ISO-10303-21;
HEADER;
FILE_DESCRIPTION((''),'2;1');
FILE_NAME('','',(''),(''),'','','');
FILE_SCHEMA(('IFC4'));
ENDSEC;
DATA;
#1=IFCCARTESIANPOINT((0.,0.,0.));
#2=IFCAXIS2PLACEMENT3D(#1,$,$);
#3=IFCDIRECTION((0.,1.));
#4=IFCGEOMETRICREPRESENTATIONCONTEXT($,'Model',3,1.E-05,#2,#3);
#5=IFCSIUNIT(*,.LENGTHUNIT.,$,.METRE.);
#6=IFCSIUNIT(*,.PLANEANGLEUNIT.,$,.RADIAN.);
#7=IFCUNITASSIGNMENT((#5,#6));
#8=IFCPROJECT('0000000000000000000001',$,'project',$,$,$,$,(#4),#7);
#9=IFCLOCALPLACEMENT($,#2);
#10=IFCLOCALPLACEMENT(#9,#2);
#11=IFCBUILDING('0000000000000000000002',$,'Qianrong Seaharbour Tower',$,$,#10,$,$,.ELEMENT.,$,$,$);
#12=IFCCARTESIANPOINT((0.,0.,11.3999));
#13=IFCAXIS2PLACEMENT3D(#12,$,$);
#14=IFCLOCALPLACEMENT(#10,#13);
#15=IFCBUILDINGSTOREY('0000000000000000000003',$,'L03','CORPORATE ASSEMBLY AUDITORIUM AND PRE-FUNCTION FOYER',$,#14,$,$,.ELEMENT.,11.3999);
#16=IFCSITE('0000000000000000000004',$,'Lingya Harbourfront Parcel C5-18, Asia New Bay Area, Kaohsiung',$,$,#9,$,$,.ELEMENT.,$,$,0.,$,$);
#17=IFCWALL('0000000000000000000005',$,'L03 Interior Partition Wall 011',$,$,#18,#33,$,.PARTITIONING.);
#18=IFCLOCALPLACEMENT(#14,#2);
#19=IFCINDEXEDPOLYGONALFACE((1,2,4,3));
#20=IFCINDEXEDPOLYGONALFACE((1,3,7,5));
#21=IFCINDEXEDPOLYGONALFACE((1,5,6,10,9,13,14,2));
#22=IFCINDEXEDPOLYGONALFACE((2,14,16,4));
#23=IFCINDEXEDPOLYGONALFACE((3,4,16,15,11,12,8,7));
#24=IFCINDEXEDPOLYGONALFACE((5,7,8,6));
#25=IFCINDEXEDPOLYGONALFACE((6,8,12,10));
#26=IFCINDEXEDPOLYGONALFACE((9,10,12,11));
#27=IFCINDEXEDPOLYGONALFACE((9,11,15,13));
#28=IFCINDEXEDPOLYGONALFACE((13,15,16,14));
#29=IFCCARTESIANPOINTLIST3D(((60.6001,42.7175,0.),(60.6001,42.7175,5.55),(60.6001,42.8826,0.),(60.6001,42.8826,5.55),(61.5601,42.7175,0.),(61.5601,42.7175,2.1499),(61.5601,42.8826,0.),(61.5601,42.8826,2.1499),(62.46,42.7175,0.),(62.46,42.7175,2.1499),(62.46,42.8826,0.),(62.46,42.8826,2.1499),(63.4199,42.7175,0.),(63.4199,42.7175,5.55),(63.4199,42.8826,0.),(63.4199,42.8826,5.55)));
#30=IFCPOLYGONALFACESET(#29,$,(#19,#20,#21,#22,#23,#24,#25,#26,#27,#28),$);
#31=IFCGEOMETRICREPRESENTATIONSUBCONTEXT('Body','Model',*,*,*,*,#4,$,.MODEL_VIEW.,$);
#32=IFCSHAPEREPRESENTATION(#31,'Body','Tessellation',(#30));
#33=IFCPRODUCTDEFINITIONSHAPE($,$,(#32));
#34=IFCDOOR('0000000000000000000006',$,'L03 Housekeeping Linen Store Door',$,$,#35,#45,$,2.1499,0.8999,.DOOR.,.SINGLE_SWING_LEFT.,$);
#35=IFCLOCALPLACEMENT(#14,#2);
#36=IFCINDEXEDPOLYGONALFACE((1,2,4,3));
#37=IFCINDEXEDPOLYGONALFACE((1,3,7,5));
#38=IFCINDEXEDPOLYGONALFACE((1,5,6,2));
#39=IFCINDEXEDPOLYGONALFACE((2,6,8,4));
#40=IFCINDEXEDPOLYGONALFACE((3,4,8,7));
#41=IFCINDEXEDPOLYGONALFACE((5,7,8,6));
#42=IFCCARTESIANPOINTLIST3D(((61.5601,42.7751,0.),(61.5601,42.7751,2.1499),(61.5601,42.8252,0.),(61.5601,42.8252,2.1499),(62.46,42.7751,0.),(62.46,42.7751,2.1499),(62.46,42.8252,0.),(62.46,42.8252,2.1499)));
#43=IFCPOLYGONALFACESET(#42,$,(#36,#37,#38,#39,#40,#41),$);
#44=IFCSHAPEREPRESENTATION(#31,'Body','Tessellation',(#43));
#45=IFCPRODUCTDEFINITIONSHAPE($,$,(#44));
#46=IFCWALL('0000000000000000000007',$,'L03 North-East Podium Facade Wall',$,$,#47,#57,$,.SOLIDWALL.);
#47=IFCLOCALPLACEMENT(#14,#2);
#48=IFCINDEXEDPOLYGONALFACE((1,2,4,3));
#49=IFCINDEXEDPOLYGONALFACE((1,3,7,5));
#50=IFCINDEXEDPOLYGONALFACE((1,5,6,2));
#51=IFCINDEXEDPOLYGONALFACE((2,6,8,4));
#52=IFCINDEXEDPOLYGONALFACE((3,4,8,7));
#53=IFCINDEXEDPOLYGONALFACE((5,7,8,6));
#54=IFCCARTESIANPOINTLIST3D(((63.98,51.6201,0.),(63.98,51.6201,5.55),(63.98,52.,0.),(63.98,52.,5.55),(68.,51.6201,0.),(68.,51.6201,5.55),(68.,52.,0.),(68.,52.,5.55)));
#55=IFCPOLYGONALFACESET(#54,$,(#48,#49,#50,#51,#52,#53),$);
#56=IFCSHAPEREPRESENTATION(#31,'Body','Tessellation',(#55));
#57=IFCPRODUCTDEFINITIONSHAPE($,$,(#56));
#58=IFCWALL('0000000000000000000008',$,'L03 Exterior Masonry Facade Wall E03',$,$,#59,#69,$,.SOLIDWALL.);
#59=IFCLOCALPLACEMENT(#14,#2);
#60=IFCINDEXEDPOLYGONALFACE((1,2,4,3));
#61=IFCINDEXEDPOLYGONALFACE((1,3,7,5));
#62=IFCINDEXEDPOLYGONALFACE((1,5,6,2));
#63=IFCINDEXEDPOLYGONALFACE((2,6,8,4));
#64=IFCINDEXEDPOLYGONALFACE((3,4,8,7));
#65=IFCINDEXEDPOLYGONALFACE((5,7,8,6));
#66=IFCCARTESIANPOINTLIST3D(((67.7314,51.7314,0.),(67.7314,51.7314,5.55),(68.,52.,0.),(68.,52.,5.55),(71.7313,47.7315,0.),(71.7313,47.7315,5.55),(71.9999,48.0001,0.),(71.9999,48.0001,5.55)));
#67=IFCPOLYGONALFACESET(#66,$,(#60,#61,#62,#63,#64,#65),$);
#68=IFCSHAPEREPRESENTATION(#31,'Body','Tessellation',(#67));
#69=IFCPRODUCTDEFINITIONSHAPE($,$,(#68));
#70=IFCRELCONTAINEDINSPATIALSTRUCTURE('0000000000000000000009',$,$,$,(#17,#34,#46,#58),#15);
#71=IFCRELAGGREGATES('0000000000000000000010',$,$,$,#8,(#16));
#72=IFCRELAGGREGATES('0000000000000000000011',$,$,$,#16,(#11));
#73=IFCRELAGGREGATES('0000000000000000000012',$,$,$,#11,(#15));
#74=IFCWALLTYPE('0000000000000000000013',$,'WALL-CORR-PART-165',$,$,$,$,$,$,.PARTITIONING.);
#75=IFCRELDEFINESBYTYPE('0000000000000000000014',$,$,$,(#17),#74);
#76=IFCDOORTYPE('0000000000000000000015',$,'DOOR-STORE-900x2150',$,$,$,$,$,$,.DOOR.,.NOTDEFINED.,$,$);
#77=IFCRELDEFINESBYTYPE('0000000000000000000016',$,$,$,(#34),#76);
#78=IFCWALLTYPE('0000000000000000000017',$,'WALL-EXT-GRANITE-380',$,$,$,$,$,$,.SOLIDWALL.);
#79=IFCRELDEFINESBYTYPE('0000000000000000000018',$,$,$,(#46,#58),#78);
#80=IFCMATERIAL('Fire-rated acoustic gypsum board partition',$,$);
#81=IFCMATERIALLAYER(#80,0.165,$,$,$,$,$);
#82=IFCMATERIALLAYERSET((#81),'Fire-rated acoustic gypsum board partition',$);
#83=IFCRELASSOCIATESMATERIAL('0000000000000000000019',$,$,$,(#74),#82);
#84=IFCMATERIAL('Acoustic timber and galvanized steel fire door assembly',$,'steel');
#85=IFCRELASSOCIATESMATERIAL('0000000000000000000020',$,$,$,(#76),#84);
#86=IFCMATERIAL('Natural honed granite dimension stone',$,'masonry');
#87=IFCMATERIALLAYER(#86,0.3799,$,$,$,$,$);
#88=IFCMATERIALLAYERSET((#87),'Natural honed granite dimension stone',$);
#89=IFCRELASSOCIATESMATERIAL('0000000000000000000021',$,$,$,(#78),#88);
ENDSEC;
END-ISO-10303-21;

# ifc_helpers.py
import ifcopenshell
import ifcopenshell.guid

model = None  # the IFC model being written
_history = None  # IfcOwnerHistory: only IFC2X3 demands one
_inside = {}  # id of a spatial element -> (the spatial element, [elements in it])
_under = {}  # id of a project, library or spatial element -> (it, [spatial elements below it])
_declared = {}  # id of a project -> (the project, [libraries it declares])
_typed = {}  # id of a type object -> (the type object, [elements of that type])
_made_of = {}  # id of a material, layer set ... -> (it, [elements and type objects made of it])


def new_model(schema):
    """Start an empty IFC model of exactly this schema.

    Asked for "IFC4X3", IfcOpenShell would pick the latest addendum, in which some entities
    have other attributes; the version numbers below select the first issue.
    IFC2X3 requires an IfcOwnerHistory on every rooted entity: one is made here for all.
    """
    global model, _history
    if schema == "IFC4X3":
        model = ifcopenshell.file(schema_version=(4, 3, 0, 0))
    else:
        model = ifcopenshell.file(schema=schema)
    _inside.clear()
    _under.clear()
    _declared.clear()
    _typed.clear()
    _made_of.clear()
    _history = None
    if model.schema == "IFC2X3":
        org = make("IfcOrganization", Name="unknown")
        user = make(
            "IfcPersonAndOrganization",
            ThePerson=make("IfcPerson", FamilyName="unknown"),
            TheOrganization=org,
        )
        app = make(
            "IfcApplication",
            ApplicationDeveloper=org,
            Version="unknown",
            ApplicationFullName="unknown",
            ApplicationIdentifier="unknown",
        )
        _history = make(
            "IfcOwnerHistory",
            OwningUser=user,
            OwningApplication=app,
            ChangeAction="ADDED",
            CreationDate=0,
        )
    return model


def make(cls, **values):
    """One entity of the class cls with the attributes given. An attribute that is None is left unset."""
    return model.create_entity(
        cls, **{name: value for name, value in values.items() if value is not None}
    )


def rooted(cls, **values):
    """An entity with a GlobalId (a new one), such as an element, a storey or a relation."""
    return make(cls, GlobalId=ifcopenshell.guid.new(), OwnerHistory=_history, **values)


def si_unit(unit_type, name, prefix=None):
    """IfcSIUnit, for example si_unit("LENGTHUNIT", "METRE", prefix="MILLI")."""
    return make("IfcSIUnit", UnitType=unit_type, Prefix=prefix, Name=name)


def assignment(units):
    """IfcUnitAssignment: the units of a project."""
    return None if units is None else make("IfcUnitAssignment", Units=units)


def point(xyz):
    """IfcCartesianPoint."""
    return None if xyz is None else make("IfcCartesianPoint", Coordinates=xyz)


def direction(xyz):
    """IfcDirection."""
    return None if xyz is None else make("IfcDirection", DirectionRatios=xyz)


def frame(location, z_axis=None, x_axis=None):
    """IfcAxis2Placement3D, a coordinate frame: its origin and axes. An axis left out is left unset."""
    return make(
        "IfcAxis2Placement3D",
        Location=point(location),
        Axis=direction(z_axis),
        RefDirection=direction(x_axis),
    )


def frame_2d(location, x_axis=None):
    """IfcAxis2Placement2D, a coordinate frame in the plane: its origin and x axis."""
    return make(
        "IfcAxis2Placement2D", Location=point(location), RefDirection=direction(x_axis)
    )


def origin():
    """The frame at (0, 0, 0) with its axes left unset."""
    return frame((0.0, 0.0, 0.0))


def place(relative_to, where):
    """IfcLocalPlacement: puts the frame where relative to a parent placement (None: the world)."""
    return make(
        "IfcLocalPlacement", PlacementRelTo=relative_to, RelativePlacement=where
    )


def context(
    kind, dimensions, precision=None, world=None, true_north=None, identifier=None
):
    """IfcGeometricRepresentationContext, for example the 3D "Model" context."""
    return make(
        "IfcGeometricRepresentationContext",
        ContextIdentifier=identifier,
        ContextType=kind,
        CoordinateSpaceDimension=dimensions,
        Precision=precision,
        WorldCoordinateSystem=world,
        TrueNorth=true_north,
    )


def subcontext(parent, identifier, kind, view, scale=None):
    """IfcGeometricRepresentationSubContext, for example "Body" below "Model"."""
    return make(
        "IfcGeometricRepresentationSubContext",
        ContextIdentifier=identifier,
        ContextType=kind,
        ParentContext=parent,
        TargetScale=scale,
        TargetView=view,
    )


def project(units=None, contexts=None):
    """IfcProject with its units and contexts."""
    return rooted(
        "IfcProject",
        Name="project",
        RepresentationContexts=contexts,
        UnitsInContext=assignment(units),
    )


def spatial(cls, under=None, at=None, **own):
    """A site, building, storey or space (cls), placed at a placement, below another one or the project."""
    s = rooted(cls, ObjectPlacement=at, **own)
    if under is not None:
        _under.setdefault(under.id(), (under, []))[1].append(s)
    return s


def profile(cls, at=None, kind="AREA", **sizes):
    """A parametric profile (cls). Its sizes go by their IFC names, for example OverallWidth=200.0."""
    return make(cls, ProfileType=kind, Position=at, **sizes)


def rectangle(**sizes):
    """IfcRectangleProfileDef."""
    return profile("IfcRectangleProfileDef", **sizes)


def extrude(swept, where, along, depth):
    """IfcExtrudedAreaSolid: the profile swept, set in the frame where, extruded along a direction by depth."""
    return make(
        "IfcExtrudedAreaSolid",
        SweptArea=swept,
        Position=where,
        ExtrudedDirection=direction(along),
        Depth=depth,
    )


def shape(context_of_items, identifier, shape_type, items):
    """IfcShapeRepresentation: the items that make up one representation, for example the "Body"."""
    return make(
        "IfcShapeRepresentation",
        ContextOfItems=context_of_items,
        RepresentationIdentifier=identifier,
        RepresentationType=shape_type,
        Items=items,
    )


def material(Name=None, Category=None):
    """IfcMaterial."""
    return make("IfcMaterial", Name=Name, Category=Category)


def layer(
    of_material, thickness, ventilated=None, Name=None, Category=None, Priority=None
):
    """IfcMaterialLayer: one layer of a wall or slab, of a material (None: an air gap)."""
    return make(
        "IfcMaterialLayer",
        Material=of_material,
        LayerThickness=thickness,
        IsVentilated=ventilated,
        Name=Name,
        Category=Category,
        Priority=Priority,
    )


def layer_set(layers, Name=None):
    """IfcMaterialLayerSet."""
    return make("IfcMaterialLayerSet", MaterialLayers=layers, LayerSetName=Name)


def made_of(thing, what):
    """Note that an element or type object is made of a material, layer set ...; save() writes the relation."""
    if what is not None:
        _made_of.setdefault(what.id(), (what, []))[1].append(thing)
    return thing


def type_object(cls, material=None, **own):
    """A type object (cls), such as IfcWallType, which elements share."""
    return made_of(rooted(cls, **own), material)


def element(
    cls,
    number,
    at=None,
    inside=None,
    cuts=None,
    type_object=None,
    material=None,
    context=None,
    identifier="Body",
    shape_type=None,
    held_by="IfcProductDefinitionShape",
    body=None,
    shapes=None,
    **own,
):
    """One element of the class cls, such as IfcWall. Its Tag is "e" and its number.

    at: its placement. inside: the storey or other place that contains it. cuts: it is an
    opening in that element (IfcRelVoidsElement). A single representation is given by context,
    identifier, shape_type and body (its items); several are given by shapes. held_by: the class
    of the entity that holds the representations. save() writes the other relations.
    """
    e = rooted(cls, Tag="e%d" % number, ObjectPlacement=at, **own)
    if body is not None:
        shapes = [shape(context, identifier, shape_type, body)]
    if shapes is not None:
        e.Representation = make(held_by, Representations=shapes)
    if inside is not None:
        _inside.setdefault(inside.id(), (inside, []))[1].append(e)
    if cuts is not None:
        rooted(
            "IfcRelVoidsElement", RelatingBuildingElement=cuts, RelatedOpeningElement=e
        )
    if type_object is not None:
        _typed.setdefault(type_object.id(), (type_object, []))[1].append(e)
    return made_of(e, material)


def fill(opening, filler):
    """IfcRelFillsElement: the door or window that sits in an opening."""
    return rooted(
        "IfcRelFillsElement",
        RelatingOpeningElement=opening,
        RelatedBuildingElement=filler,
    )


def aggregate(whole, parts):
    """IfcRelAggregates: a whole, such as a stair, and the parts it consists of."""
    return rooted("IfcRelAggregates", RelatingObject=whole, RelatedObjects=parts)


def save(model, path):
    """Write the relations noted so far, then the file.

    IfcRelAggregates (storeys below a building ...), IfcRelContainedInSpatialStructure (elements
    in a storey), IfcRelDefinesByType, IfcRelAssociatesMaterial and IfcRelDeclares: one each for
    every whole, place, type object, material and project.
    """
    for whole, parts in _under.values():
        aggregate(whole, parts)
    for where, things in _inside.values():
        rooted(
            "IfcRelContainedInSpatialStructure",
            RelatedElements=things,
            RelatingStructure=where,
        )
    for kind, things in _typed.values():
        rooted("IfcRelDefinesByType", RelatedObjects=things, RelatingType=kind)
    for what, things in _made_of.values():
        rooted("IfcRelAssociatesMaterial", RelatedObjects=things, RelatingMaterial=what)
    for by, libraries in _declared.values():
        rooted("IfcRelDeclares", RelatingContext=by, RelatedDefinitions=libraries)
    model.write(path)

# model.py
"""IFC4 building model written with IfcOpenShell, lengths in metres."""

from ifc_helpers import new_model, si_unit, direction, frame, frame_2d, origin, place, context, subcontext, project, spatial, rectangle, extrude, material, layer, layer_set, type_object, element, fill, save


model = new_model("IFC4")

# Units and contexts
model_context = context("Model", 3, precision=1e-05, world=origin(), true_north=direction((0.0, 1.0)))
body_context = subcontext(model_context, "Body", "Model", "MODEL_VIEW")
ifc_project = project(units=[si_unit("LENGTHUNIT", "METRE"), si_unit("PLANEANGLEUNIT", "RADIAN")], contexts=[model_context])

# Site, building, storey
site_placement = place(None, origin())
site = spatial("IfcSite", under=ifc_project, at=site_placement, Name="Lingya Harbourfront Parcel C5-18, Asia New Bay Area, Kaohsiung", CompositionType="ELEMENT", RefElevation=0.0)
building_placement = place(site_placement, origin())
building = spatial("IfcBuilding", under=site, at=building_placement, Name="Qianrong Seaharbour Tower", CompositionType="ELEMENT")
storey_placement = place(building_placement, frame((0.0, 0.0, 11.3999)))
storey = spatial("IfcBuildingStorey", under=building, at=storey_placement, Name="L03", Description="CORPORATE ASSEMBLY AUDITORIUM AND PRE-FUNCTION FOYER", CompositionType="ELEMENT", Elevation=11.3999)

# Wall, opening, door
ifc_material_1 = material(Name="Fire-rated acoustic gypsum board partition")
ifc_layer_1 = layer(ifc_material_1, 0.165)
ifc_layer_set_1 = layer_set([ifc_layer_1], Name="Fire-rated acoustic gypsum board partition")
wall_type_1 = type_object("IfcWallType", Name="WALL-CORR-PART-165", PredefinedType="PARTITIONING", material=ifc_layer_set_1)
wall_1_placement = place(storey_placement, frame((63.4199, 42.8, 0.0), z_axis=(0.0, 0.0, 1.0), x_axis=(-1.0, 0.0, 0.0)))
wall_1 = element("IfcWall", 1, at=wall_1_placement, inside=storey, type_object=wall_type_1, Name="L03 Interior Partition Wall 011", PredefinedType="PARTITIONING", context=body_context, shape_type="SweptSolid", body=[
    extrude(rectangle(XDim=2.8198, YDim=0.165, at=frame_2d((1.4099, 0.0))), origin(), (0.0, 0.0, 1.0), 5.55),
])
opening_1_placement = place(wall_1_placement, frame((0.96, 0.0, 0.0)))
opening_1 = element("IfcOpeningElement", 2, at=opening_1_placement, cuts=wall_1, PredefinedType="OPENING", context=body_context, shape_type="SweptSolid", body=[
    extrude(rectangle(XDim=0.8999, YDim=2.1499, at=frame_2d((0.45, 1.075))), frame((0.0, 0.0925, 0.0), z_axis=(0.0, -1.0, 0.0), x_axis=(1.0, 0.0, 0.0)), (0.0, 0.0, 1.0), 0.1851),
])
ifc_material_2 = material(Name="Acoustic timber and galvanized steel fire door assembly", Category="steel")
door_type_1 = type_object("IfcDoorType", Name="DOOR-STORE-900x2150", OperationType="NOTDEFINED", PredefinedType="DOOR", material=ifc_material_2)
door_1_placement = place(opening_1_placement, origin())
door_1 = element("IfcDoor", 3, at=door_1_placement, inside=storey, type_object=door_type_1, Name="L03 Housekeeping Linen Store Door", OperationType="SINGLE_SWING_LEFT", OverallHeight=2.1499, OverallWidth=0.8999, PredefinedType="DOOR", context=body_context, shape_type="SweptSolid", body=[
    extrude(rectangle(XDim=0.8999, YDim=2.1499, at=frame_2d((0.45, 1.075))), frame((0.0, 0.0249, 0.0), z_axis=(0.0, -1.0, 0.0), x_axis=(1.0, 0.0, 0.0)), (0.0, 0.0, 1.0), 0.05),
])
fill(opening_1, door_1)

# Walls
ifc_material_3 = material(Name="Natural honed granite dimension stone", Category="masonry")
ifc_layer_2 = layer(ifc_material_3, 0.3799)
ifc_layer_set_2 = layer_set([ifc_layer_2], Name="Natural honed granite dimension stone")
wall_type_2 = type_object("IfcWallType", Name="WALL-EXT-GRANITE-380", PredefinedType="SOLIDWALL", material=ifc_layer_set_2)
wall_2_placement = place(storey_placement, frame((63.98, 51.8101, 0.0), z_axis=(0.0, 0.0, 1.0), x_axis=(1.0, 0.0, 0.0)))
element("IfcWall", 4, at=wall_2_placement, inside=storey, type_object=wall_type_2, Name="L03 North-East Podium Facade Wall", PredefinedType="SOLIDWALL", context=body_context, shape_type="SweptSolid", body=[
    extrude(rectangle(XDim=4.02, YDim=0.3799, at=frame_2d((2.01, 0.0))), origin(), (0.0, 0.0, 1.0), 5.55),
])
wall_3_placement = place(storey_placement, frame((67.8657, 51.8657, 0.0), z_axis=(0.0, 0.0, 1.0), x_axis=(0.707107, -0.707107, 0.0)))
element("IfcWall", 5, at=wall_3_placement, inside=storey, type_object=wall_type_2, Name="L03 Exterior Masonry Facade Wall E03", PredefinedType="SOLIDWALL", context=body_context, shape_type="SweptSolid", body=[
    extrude(rectangle(XDim=5.6567, YDim=0.3799, at=frame_2d((2.8284, 0.0))), origin(), (0.0, 0.0, 1.0), 5.55),
])

save(model, "model.ifc")
